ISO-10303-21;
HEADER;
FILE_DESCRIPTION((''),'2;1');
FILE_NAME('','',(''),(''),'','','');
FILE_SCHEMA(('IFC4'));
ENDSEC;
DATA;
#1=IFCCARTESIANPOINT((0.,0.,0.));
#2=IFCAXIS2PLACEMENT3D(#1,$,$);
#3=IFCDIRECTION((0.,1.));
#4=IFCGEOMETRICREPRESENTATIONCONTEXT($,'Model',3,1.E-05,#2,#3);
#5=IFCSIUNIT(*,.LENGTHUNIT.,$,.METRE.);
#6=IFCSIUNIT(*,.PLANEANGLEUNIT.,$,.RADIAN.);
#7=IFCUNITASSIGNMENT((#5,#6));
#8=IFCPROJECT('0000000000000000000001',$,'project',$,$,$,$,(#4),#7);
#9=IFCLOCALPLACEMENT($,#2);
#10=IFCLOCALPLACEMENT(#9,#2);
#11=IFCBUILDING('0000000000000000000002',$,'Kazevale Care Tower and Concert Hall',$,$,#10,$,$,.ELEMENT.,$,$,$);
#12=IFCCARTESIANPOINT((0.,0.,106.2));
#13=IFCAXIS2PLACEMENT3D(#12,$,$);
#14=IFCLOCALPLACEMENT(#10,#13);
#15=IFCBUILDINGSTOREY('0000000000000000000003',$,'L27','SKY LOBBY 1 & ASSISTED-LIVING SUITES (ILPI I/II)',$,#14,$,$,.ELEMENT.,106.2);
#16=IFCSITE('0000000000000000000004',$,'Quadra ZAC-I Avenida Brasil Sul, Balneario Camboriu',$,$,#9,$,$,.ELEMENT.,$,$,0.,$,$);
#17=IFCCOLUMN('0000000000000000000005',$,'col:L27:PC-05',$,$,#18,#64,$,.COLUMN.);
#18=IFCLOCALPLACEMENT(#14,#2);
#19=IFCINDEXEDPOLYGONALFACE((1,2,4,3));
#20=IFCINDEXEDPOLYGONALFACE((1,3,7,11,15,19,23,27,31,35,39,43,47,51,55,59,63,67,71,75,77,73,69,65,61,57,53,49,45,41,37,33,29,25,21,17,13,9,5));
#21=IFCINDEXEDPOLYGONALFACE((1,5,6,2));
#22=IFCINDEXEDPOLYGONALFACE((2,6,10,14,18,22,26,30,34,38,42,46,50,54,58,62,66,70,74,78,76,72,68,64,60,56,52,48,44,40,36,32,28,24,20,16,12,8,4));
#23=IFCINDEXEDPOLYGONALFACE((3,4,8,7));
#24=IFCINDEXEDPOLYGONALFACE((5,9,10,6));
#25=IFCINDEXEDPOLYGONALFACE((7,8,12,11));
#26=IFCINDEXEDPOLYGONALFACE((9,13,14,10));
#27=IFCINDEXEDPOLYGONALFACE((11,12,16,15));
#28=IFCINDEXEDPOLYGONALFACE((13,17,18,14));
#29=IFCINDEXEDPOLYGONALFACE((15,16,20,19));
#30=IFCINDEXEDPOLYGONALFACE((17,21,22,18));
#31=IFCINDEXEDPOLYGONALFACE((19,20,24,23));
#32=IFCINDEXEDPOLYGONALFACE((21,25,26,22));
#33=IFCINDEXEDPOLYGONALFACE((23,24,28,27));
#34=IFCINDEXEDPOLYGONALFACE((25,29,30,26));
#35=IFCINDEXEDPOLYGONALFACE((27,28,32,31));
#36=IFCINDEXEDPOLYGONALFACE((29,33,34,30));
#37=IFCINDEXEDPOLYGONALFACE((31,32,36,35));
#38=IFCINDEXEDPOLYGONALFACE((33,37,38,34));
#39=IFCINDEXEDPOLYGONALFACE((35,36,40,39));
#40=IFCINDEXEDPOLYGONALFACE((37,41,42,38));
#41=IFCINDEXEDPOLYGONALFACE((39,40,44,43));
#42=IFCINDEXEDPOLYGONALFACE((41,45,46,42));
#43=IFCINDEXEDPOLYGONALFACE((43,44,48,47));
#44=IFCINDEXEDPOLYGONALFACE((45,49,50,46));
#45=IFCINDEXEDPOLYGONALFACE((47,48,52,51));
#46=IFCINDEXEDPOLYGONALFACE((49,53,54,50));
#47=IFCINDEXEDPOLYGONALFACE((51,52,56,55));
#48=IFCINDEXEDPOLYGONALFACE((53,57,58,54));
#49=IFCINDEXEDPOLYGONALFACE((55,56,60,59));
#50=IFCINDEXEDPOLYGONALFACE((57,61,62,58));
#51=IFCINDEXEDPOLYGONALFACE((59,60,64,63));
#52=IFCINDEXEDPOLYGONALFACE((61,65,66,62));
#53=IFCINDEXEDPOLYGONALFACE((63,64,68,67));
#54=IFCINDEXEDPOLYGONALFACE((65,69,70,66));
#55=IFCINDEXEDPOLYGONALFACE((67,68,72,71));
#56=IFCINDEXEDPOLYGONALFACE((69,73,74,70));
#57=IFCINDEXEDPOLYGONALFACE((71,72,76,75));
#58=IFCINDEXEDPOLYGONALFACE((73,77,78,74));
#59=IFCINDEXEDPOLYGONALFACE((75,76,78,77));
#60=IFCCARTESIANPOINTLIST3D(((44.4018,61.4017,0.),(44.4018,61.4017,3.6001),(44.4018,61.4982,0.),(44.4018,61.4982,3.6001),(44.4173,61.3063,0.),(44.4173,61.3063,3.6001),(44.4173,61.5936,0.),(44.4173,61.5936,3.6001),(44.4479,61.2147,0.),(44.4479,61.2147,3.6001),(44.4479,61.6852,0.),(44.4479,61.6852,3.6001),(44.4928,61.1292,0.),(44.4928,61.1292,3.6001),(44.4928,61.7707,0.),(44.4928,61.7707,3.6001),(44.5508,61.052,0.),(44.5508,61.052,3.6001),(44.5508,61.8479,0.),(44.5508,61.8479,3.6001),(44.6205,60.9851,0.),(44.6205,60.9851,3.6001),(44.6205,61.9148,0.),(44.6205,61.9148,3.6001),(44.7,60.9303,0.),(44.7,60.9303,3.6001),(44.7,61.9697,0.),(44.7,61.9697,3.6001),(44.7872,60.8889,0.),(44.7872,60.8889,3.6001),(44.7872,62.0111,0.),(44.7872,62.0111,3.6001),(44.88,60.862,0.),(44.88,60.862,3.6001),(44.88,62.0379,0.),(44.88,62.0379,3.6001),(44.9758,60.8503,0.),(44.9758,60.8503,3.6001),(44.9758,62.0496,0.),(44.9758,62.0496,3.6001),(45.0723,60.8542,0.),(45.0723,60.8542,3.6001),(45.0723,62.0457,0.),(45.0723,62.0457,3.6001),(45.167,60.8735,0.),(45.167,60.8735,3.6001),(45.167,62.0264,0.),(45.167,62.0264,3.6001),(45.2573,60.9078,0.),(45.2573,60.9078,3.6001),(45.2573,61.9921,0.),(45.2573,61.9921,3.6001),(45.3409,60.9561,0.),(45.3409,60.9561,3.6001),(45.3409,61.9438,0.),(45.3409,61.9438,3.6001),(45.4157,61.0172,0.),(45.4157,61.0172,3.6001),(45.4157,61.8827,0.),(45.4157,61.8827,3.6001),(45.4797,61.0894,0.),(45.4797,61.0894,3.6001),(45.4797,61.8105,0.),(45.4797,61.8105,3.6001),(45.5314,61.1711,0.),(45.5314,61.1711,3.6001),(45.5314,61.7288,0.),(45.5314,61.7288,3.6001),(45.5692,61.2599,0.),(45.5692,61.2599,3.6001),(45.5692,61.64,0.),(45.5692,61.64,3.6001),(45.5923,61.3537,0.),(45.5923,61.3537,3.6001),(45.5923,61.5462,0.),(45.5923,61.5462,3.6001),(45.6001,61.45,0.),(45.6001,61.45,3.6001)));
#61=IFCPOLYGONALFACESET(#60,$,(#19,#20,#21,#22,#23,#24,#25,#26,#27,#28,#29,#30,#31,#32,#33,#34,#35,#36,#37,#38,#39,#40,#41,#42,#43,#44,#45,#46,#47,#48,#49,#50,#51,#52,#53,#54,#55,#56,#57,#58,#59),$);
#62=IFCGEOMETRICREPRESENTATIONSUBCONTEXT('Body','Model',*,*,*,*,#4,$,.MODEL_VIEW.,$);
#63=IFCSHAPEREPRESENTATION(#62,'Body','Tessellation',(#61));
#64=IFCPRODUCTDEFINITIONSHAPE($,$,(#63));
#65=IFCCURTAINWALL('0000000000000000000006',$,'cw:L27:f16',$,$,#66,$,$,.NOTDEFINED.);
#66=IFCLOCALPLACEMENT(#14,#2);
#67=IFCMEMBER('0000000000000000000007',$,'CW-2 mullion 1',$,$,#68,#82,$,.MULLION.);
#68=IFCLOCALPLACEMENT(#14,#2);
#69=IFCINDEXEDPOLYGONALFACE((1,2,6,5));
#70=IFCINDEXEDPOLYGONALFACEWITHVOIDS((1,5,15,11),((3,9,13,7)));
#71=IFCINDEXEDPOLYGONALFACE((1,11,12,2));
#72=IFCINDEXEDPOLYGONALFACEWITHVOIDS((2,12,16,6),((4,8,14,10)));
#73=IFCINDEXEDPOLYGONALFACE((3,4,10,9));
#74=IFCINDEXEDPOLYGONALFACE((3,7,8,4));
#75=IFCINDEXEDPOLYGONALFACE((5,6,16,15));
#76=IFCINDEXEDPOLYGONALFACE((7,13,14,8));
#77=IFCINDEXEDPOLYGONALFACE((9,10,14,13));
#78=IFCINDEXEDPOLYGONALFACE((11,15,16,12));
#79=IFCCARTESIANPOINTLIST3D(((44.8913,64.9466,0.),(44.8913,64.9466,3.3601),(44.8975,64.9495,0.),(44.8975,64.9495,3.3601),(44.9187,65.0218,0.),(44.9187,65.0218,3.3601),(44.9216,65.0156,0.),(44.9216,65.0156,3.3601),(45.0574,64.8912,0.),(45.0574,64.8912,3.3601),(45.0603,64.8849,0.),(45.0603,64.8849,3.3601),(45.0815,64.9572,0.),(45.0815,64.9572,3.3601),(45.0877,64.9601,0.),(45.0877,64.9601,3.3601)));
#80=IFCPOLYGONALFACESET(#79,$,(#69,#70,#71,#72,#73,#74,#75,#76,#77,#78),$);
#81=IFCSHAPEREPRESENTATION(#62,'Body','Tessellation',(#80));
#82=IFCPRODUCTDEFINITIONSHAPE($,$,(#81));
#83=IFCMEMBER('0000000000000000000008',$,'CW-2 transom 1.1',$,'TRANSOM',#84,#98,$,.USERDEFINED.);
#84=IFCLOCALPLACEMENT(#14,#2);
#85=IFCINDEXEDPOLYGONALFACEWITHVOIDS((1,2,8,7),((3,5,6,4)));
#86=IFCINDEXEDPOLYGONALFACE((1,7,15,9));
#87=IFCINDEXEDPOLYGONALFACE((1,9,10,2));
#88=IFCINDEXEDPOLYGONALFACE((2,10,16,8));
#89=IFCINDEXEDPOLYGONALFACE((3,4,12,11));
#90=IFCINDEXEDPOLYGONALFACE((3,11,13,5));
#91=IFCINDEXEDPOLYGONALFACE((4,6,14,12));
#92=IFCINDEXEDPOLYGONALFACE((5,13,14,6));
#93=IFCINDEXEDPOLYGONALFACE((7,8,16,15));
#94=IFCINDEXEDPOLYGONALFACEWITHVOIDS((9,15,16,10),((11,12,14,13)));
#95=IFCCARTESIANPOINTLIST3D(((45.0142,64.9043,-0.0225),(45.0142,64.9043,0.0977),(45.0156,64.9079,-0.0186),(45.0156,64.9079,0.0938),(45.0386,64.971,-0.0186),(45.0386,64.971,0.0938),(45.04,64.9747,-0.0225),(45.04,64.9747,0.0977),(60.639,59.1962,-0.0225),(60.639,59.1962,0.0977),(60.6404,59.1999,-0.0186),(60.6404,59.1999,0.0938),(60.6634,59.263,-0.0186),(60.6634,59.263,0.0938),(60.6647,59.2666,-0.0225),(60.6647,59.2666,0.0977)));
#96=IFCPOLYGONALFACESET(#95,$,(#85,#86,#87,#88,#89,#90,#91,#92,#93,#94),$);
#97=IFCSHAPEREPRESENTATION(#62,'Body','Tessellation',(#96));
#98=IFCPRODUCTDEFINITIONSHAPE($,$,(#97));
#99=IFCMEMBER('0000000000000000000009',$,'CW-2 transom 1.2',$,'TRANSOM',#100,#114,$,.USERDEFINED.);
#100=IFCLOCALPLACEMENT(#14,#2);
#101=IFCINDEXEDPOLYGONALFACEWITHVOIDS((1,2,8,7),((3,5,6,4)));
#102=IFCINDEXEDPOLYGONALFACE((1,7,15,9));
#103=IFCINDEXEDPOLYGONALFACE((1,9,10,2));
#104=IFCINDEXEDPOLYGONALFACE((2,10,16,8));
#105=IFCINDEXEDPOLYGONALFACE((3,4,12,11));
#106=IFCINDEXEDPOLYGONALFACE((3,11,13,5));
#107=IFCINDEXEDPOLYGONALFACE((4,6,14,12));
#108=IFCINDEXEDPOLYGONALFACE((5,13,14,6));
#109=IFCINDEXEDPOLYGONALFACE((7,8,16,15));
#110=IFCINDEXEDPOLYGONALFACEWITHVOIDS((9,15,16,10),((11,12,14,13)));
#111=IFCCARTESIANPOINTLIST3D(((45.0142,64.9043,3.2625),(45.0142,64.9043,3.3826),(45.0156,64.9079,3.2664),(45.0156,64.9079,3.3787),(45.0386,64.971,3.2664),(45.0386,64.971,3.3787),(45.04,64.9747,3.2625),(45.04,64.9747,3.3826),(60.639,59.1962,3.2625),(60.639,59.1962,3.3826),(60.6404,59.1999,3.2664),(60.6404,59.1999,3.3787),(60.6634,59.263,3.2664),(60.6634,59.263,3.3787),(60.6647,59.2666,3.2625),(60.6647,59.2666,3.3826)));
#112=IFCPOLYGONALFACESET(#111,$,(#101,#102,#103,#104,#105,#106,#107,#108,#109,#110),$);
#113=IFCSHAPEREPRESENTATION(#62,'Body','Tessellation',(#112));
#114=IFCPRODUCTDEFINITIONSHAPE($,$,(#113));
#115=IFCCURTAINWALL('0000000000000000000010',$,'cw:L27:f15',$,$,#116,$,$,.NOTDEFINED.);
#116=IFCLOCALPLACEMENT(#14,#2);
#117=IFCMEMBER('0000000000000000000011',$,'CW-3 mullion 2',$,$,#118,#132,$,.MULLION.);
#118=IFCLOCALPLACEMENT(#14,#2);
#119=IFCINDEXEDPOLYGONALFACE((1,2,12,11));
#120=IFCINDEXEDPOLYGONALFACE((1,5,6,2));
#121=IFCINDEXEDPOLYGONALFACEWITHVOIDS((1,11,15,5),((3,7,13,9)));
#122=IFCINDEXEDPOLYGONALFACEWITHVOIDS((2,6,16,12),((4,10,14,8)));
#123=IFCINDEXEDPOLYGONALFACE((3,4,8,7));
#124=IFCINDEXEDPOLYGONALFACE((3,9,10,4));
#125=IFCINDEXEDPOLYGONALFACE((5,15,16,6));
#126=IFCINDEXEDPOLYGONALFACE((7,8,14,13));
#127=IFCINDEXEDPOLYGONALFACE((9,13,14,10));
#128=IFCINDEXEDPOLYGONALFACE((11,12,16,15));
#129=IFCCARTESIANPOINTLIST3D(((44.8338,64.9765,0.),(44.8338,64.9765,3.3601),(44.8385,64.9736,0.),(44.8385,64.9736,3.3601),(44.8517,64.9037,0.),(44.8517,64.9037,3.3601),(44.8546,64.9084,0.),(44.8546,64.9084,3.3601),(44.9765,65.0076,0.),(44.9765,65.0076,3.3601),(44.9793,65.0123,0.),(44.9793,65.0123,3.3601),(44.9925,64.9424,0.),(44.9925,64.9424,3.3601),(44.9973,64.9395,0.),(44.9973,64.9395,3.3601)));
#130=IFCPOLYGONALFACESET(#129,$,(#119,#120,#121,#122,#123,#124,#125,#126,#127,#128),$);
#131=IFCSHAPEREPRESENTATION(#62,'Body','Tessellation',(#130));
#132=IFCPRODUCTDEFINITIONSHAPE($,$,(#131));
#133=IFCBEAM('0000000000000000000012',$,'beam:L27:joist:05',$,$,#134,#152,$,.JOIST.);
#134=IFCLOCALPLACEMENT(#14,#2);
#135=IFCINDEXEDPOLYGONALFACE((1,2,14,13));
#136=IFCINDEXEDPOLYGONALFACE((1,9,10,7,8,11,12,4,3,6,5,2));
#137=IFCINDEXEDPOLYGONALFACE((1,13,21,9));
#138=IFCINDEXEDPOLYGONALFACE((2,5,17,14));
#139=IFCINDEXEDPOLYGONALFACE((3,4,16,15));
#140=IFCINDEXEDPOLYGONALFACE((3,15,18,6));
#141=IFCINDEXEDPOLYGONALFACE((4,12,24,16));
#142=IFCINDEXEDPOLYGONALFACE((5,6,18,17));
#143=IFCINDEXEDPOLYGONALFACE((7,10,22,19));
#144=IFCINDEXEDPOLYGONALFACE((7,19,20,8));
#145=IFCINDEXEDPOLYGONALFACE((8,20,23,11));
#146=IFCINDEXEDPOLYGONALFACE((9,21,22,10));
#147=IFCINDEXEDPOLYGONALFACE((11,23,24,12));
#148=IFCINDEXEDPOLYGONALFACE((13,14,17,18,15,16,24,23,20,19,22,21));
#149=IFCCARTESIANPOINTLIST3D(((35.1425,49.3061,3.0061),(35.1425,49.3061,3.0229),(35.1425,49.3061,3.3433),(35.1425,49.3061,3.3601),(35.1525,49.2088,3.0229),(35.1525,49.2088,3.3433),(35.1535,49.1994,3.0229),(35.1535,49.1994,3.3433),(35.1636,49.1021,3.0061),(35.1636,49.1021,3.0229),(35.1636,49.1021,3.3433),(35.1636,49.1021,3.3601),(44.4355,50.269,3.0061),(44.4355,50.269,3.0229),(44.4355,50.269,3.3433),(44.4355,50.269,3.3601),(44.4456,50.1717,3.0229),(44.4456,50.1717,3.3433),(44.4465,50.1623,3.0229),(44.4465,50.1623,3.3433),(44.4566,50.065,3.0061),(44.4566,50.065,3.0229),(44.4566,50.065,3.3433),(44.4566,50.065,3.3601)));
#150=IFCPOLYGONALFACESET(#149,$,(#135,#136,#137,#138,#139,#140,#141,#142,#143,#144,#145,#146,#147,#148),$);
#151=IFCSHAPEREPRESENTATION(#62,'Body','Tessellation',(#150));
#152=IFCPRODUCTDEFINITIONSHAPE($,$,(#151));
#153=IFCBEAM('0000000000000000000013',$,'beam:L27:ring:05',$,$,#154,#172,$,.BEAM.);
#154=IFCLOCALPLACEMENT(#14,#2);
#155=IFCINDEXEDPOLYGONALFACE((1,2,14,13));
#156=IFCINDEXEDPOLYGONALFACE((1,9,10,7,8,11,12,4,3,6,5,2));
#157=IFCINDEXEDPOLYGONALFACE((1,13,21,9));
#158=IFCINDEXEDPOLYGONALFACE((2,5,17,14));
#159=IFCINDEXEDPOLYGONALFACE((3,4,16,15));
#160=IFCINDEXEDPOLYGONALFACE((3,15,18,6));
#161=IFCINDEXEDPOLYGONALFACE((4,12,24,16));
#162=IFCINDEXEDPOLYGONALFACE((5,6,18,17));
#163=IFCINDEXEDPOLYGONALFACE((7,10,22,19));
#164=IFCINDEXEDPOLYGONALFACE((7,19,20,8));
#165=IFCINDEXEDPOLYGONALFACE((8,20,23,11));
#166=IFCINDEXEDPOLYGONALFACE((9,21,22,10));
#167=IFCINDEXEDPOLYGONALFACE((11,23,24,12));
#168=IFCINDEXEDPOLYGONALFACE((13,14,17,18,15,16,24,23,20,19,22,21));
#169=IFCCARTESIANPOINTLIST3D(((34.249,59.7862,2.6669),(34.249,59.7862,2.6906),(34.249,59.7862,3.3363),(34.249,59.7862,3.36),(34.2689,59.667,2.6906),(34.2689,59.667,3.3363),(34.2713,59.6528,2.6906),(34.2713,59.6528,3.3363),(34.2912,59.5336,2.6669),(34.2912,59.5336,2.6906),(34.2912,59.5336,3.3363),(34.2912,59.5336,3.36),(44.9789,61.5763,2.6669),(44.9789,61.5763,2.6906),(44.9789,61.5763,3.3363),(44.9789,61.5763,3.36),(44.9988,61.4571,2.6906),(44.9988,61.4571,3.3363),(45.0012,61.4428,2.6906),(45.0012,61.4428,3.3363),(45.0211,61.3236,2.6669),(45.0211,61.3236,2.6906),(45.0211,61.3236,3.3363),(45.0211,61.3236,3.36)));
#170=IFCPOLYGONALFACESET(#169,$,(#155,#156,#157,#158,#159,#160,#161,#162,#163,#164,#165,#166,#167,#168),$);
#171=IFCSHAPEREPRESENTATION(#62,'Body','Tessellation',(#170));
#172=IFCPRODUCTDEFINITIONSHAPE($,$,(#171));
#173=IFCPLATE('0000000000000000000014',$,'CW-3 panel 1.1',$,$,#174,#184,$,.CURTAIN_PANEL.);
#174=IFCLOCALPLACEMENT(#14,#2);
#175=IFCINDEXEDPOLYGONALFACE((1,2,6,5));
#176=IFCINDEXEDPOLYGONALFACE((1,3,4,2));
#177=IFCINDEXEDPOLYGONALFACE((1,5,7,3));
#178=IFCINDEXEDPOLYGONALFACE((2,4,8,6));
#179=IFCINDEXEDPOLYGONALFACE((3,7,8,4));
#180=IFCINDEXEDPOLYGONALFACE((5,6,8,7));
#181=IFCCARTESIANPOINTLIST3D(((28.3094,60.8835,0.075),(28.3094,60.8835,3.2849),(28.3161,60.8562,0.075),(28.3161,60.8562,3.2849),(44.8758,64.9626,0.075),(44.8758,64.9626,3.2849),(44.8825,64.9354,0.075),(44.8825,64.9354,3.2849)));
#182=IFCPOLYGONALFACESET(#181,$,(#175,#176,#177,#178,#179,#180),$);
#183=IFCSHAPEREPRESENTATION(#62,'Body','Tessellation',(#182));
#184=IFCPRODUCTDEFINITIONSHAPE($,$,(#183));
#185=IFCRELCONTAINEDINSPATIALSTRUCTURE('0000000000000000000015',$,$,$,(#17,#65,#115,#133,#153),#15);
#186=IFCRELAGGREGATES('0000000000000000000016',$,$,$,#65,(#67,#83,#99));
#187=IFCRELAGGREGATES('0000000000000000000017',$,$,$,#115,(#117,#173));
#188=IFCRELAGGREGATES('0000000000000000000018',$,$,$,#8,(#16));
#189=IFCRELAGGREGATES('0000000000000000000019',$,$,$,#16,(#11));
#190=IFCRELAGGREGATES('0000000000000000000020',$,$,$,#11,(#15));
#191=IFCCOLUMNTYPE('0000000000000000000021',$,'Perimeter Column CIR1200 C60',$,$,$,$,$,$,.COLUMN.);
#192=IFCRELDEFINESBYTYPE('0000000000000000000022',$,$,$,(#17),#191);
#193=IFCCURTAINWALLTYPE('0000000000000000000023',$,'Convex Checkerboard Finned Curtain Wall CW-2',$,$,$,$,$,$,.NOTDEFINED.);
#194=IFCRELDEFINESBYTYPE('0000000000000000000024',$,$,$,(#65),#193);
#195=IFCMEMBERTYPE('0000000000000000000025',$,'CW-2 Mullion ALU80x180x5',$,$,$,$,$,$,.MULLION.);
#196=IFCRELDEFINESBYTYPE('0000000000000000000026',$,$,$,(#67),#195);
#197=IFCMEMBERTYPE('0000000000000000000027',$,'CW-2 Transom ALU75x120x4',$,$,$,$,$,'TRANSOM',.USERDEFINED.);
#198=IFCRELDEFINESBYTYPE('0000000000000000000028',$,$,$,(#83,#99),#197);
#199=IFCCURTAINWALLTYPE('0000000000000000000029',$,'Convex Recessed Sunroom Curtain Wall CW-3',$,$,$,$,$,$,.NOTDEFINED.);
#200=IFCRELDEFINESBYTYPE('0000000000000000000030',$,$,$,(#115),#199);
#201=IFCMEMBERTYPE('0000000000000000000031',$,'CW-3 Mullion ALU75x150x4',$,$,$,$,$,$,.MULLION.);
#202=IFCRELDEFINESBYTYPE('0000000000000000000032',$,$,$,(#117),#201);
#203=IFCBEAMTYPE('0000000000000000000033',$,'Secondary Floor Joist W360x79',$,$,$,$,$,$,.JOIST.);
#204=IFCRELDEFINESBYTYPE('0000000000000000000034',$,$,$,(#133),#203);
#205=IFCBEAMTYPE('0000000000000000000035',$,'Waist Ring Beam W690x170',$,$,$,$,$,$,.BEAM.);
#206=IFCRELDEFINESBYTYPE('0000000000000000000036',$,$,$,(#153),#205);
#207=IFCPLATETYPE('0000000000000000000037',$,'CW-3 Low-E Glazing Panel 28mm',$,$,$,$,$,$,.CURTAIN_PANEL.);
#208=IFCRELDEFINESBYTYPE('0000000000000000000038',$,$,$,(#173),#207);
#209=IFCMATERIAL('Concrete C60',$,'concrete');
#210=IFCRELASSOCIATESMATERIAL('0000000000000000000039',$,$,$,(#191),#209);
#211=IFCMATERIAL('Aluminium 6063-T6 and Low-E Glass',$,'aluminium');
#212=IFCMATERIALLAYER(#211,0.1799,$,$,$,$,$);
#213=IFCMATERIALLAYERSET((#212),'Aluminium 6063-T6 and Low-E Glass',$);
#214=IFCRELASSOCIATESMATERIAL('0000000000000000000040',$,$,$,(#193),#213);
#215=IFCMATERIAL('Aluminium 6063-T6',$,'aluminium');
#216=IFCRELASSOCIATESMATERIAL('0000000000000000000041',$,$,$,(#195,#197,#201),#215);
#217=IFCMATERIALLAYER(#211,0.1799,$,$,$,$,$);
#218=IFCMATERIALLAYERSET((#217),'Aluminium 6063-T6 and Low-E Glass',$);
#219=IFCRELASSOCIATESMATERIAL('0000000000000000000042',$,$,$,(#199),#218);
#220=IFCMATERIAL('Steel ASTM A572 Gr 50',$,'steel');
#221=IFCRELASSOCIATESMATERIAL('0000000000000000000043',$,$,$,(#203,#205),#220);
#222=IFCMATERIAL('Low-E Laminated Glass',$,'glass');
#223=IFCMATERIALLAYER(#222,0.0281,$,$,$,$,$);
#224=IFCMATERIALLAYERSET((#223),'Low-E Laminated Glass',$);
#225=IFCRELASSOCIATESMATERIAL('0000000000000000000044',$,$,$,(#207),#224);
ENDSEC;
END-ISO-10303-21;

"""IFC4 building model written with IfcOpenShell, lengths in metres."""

from ifc_helpers import new_model, si_unit, direction, frame, origin, origin_2d, place, context, subcontext, project, spatial, rectangle, hollow_rectangle, circle, i_section, extrude, material, layer, layer_set, material_profile, profile_set, type_object, element, aggregate, save


model = new_model("IFC4")

# Units and contexts
model_context = context("Model", 3, precision=1e-05, world=origin(), true_north=direction((0.0, 1.0)))
body_context = subcontext(model_context, "Body", "Model", "MODEL_VIEW")
ifc_project = project(units=[si_unit("LENGTHUNIT", "METRE"), si_unit("PLANEANGLEUNIT", "RADIAN")], contexts=[model_context])

# Site, building, storey
site_placement = place(None, origin())
site = spatial("IfcSite", under=ifc_project, at=site_placement, Name="Quadra ZAC-I Avenida Brasil Sul, Balneario Camboriu", CompositionType="ELEMENT", RefElevation=0.0)
building_placement = place(site_placement, origin())
building = spatial("IfcBuilding", under=site, at=building_placement, Name="Kazevale Care Tower and Concert Hall", CompositionType="ELEMENT")
storey_placement = place(building_placement, frame((0.0, 0.0, 106.2)))
storey = spatial("IfcBuildingStorey", under=building, at=storey_placement, Name="L27", Description="SKY LOBBY 1 & ASSISTED-LIVING SUITES (ILPI I/II)", CompositionType="ELEMENT", Elevation=106.2)

# Column
ifc_material_1 = material(Name="Concrete C60", Category="concrete")
ifc_material_profile_1 = material_profile(ifc_material_1, circle(Radius=0.6001, at=origin_2d()), Name="RC-CIR1200")
ifc_profile_set_1 = profile_set([ifc_material_profile_1], Name="Concrete C60")
column_type = type_object("IfcColumnType", Name="Perimeter Column CIR1200 C60", PredefinedType="COLUMN", material=ifc_profile_set_1)
column_placement = place(storey_placement, frame((45.0, 61.45, 0.0), z_axis=(0.0, 0.0, 1.0), x_axis=(1.0, 0.0, 0.0)))
element("IfcColumn", 1, at=column_placement, inside=storey, type_object=column_type, Name="col:L27:PC-05", PredefinedType="COLUMN", context=body_context, shape_type="SweptSolid", body=[
    extrude(circle(Radius=0.6001, at=origin_2d()), origin(), (0.0, 0.0, 1.0), 3.6001),
])

# Curtain wall, members
ifc_material_2 = material(Name="Aluminium 6063-T6 and Low-E Glass", Category="aluminium")
ifc_layer_1 = layer(ifc_material_2, 0.1799)
ifc_layer_set_1 = layer_set([ifc_layer_1], Name="Aluminium 6063-T6 and Low-E Glass")
curtain_wall_type_1 = type_object("IfcCurtainWallType", Name="Convex Checkerboard Finned Curtain Wall CW-2", PredefinedType="NOTDEFINED", material=ifc_layer_set_1)
curtain_wall_1_placement = place(storey_placement, origin())
curtain_wall_1 = element("IfcCurtainWall", 2, at=curtain_wall_1_placement, inside=storey, type_object=curtain_wall_type_1, Name="cw:L27:f16", PredefinedType="NOTDEFINED")
ifc_material_3 = material(Name="Aluminium 6063-T6", Category="aluminium")
ifc_material_profile_2 = material_profile(ifc_material_3, hollow_rectangle(XDim=0.0801, YDim=0.1799, WallThickness=0.0049, at=origin_2d()), Name="ALU80x180x5")
ifc_profile_set_2 = profile_set([ifc_material_profile_2], Name="Aluminium 6063-T6")
member_type_1 = type_object("IfcMemberType", Name="CW-2 Mullion ALU80x180x5", PredefinedType="MULLION", material=ifc_profile_set_2)
member_1_placement = place(storey_placement, frame((44.9895, 64.9534, 0.0), z_axis=(0.0, 0.0, 1.0), x_axis=(0.343143, 0.939283, 0.0)))
member_1 = element("IfcMember", 3, at=member_1_placement, type_object=member_type_1, Name="CW-2 mullion 1", PredefinedType="MULLION", context=body_context, shape_type="SweptSolid", body=[
    extrude(hollow_rectangle(XDim=0.0801, YDim=0.1799, WallThickness=0.0049, at=origin_2d()), origin(), (0.0, 0.0, 1.0), 3.3601),
])
ifc_material_profile_3 = material_profile(ifc_material_3, hollow_rectangle(XDim=0.075, YDim=0.1201, WallThickness=0.0039, at=origin_2d()), Name="ALU75x120x4")
ifc_profile_set_3 = profile_set([ifc_material_profile_3], Name="Aluminium 6063-T6")
member_type_2 = type_object("IfcMemberType", Name="CW-2 Transom ALU75x120x4", ElementType="TRANSOM", PredefinedType="USERDEFINED", material=ifc_profile_set_3)
member_2_placement = place(storey_placement, frame((45.0271, 64.9395, 0.0376), z_axis=(0.939285, -0.343138, 0.0), x_axis=(0.343138, 0.939285, 0.0)))
member_2 = element("IfcMember", 4, at=member_2_placement, type_object=member_type_2, Name="CW-2 transom 1.1", ObjectType="TRANSOM", PredefinedType="USERDEFINED", context=body_context, shape_type="SweptSolid", body=[
    extrude(hollow_rectangle(XDim=0.075, YDim=0.1201, WallThickness=0.0039, at=origin_2d()), origin(), (0.0, 0.0, 1.0), 16.6348),
])
member_3_placement = place(storey_placement, frame((45.0271, 64.9395, 3.3225), z_axis=(0.939285, -0.343138, 0.0), x_axis=(0.343138, 0.939285, 0.0)))
member_3 = element("IfcMember", 5, at=member_3_placement, type_object=member_type_2, Name="CW-2 transom 1.2", ObjectType="TRANSOM", PredefinedType="USERDEFINED", context=body_context, shape_type="SweptSolid", body=[
    extrude(hollow_rectangle(XDim=0.075, YDim=0.1201, WallThickness=0.0039, at=origin_2d()), origin(), (0.0, 0.0, 1.0), 16.6348),
])
aggregate(curtain_wall_1, [member_1, member_2, member_3])

# Curtain wall, member
ifc_layer_2 = layer(ifc_material_2, 0.1799)
ifc_layer_set_2 = layer_set([ifc_layer_2], Name="Aluminium 6063-T6 and Low-E Glass")
curtain_wall_type_2 = type_object("IfcCurtainWallType", Name="Convex Recessed Sunroom Curtain Wall CW-3", PredefinedType="NOTDEFINED", material=ifc_layer_set_2)
curtain_wall_2_placement = place(storey_placement, origin())
curtain_wall_2 = element("IfcCurtainWall", 6, at=curtain_wall_2_placement, inside=storey, type_object=curtain_wall_type_2, Name="cw:L27:f15", PredefinedType="NOTDEFINED")
ifc_material_profile_4 = material_profile(ifc_material_3, hollow_rectangle(XDim=0.075, YDim=0.1499, WallThickness=0.0039, at=origin_2d()), Name="ALU75x150x4")
ifc_profile_set_4 = profile_set([ifc_material_profile_4], Name="Aluminium 6063-T6")
member_type_3 = type_object("IfcMemberType", Name="CW-3 Mullion ALU75x150x4", PredefinedType="MULLION", material=ifc_profile_set_4)
member_4_placement = place(storey_placement, frame((44.9155, 64.958, 0.0), z_axis=(0.0, 0.0, 1.0), x_axis=(-0.239089, 0.970998, 0.0)))
member_4 = element("IfcMember", 7, at=member_4_placement, type_object=member_type_3, Name="CW-3 mullion 2", PredefinedType="MULLION", context=body_context, shape_type="SweptSolid", body=[
    extrude(hollow_rectangle(XDim=0.075, YDim=0.1499, WallThickness=0.0039, at=origin_2d()), origin(), (0.0, 0.0, 1.0), 3.3601),
])

# Beams
ifc_material_4 = material(Name="Steel ASTM A572 Gr 50", Category="steel")
ifc_material_profile_5 = material_profile(ifc_material_4, i_section(OverallWidth=0.2051, OverallDepth=0.354, WebThickness=0.0095, FlangeThickness=0.0168, at=origin_2d()), Name="W360x79")
ifc_profile_set_5 = profile_set([ifc_material_profile_5], Name="Steel ASTM A572 Gr 50")
beam_type_1 = type_object("IfcBeamType", Name="Secondary Floor Joist W360x79", PredefinedType="JOIST", material=ifc_profile_set_5)
beam_1_placement = place(storey_placement, frame((44.446, 50.167, 3.1831), z_axis=(-0.994675, -0.103063, 0.0), x_axis=(0.103063, -0.994675, 0.0)))
element("IfcBeam", 8, at=beam_1_placement, inside=storey, type_object=beam_type_1, Name="beam:L27:joist:05", PredefinedType="JOIST", context=body_context, shape_type="SweptSolid", body=[
    extrude(i_section(OverallWidth=0.2051, OverallDepth=0.354, WebThickness=0.0095, FlangeThickness=0.0168, at=origin_2d()), origin(), (0.0, 0.0, 1.0), 9.3428),
])
ifc_material_profile_6 = material_profile(ifc_material_4, i_section(OverallWidth=0.2561, OverallDepth=0.6931, WebThickness=0.0144, FlangeThickness=0.0237, at=origin_2d()), Name="W690x170")
ifc_profile_set_6 = profile_set([ifc_material_profile_6], Name="Steel ASTM A572 Gr 50")
beam_type_2 = type_object("IfcBeamType", Name="Waist Ring Beam W690x170", PredefinedType="BEAM", material=ifc_profile_set_6)
beam_2_placement = place(storey_placement, frame((45.0, 61.45, 3.0134), z_axis=(-0.986368, -0.164552, 0.0), x_axis=(0.164552, -0.986368, 0.0)))
element("IfcBeam", 9, at=beam_2_placement, inside=storey, type_object=beam_type_2, Name="beam:L27:ring:05", PredefinedType="BEAM", context=body_context, shape_type="SweptSolid", body=[
    extrude(i_section(OverallWidth=0.2561, OverallDepth=0.6931, WebThickness=0.0144, FlangeThickness=0.0237, at=origin_2d()), origin(), (0.0, 0.0, 1.0), 10.8782),
])

# Plate
ifc_material_5 = material(Name="Low-E Laminated Glass", Category="glass")
ifc_layer_3 = layer(ifc_material_5, 0.0281)
ifc_layer_set_3 = layer_set([ifc_layer_3], Name="Low-E Laminated Glass")
plate_type = type_object("IfcPlateType", Name="CW-3 Low-E Glazing Panel 28mm", PredefinedType="CURTAIN_PANEL", material=ifc_layer_set_3)
plate_placement = place(storey_placement, frame((36.5959, 62.9094, 0.075), z_axis=(0.0, 0.0, 1.0), x_axis=(0.970998, 0.239089, 0.0)))
plate = element("IfcPlate", 10, at=plate_placement, type_object=plate_type, Name="CW-3 panel 1.1", PredefinedType="CURTAIN_PANEL", context=body_context, shape_type="SweptSolid", body=[
    extrude(rectangle(XDim=17.0613, YDim=0.0281, at=origin_2d()), origin(), (0.0, 0.0, 1.0), 3.21),
])
aggregate(curtain_wall_2, [member_4, plate])

save(model, "model.ifc")
